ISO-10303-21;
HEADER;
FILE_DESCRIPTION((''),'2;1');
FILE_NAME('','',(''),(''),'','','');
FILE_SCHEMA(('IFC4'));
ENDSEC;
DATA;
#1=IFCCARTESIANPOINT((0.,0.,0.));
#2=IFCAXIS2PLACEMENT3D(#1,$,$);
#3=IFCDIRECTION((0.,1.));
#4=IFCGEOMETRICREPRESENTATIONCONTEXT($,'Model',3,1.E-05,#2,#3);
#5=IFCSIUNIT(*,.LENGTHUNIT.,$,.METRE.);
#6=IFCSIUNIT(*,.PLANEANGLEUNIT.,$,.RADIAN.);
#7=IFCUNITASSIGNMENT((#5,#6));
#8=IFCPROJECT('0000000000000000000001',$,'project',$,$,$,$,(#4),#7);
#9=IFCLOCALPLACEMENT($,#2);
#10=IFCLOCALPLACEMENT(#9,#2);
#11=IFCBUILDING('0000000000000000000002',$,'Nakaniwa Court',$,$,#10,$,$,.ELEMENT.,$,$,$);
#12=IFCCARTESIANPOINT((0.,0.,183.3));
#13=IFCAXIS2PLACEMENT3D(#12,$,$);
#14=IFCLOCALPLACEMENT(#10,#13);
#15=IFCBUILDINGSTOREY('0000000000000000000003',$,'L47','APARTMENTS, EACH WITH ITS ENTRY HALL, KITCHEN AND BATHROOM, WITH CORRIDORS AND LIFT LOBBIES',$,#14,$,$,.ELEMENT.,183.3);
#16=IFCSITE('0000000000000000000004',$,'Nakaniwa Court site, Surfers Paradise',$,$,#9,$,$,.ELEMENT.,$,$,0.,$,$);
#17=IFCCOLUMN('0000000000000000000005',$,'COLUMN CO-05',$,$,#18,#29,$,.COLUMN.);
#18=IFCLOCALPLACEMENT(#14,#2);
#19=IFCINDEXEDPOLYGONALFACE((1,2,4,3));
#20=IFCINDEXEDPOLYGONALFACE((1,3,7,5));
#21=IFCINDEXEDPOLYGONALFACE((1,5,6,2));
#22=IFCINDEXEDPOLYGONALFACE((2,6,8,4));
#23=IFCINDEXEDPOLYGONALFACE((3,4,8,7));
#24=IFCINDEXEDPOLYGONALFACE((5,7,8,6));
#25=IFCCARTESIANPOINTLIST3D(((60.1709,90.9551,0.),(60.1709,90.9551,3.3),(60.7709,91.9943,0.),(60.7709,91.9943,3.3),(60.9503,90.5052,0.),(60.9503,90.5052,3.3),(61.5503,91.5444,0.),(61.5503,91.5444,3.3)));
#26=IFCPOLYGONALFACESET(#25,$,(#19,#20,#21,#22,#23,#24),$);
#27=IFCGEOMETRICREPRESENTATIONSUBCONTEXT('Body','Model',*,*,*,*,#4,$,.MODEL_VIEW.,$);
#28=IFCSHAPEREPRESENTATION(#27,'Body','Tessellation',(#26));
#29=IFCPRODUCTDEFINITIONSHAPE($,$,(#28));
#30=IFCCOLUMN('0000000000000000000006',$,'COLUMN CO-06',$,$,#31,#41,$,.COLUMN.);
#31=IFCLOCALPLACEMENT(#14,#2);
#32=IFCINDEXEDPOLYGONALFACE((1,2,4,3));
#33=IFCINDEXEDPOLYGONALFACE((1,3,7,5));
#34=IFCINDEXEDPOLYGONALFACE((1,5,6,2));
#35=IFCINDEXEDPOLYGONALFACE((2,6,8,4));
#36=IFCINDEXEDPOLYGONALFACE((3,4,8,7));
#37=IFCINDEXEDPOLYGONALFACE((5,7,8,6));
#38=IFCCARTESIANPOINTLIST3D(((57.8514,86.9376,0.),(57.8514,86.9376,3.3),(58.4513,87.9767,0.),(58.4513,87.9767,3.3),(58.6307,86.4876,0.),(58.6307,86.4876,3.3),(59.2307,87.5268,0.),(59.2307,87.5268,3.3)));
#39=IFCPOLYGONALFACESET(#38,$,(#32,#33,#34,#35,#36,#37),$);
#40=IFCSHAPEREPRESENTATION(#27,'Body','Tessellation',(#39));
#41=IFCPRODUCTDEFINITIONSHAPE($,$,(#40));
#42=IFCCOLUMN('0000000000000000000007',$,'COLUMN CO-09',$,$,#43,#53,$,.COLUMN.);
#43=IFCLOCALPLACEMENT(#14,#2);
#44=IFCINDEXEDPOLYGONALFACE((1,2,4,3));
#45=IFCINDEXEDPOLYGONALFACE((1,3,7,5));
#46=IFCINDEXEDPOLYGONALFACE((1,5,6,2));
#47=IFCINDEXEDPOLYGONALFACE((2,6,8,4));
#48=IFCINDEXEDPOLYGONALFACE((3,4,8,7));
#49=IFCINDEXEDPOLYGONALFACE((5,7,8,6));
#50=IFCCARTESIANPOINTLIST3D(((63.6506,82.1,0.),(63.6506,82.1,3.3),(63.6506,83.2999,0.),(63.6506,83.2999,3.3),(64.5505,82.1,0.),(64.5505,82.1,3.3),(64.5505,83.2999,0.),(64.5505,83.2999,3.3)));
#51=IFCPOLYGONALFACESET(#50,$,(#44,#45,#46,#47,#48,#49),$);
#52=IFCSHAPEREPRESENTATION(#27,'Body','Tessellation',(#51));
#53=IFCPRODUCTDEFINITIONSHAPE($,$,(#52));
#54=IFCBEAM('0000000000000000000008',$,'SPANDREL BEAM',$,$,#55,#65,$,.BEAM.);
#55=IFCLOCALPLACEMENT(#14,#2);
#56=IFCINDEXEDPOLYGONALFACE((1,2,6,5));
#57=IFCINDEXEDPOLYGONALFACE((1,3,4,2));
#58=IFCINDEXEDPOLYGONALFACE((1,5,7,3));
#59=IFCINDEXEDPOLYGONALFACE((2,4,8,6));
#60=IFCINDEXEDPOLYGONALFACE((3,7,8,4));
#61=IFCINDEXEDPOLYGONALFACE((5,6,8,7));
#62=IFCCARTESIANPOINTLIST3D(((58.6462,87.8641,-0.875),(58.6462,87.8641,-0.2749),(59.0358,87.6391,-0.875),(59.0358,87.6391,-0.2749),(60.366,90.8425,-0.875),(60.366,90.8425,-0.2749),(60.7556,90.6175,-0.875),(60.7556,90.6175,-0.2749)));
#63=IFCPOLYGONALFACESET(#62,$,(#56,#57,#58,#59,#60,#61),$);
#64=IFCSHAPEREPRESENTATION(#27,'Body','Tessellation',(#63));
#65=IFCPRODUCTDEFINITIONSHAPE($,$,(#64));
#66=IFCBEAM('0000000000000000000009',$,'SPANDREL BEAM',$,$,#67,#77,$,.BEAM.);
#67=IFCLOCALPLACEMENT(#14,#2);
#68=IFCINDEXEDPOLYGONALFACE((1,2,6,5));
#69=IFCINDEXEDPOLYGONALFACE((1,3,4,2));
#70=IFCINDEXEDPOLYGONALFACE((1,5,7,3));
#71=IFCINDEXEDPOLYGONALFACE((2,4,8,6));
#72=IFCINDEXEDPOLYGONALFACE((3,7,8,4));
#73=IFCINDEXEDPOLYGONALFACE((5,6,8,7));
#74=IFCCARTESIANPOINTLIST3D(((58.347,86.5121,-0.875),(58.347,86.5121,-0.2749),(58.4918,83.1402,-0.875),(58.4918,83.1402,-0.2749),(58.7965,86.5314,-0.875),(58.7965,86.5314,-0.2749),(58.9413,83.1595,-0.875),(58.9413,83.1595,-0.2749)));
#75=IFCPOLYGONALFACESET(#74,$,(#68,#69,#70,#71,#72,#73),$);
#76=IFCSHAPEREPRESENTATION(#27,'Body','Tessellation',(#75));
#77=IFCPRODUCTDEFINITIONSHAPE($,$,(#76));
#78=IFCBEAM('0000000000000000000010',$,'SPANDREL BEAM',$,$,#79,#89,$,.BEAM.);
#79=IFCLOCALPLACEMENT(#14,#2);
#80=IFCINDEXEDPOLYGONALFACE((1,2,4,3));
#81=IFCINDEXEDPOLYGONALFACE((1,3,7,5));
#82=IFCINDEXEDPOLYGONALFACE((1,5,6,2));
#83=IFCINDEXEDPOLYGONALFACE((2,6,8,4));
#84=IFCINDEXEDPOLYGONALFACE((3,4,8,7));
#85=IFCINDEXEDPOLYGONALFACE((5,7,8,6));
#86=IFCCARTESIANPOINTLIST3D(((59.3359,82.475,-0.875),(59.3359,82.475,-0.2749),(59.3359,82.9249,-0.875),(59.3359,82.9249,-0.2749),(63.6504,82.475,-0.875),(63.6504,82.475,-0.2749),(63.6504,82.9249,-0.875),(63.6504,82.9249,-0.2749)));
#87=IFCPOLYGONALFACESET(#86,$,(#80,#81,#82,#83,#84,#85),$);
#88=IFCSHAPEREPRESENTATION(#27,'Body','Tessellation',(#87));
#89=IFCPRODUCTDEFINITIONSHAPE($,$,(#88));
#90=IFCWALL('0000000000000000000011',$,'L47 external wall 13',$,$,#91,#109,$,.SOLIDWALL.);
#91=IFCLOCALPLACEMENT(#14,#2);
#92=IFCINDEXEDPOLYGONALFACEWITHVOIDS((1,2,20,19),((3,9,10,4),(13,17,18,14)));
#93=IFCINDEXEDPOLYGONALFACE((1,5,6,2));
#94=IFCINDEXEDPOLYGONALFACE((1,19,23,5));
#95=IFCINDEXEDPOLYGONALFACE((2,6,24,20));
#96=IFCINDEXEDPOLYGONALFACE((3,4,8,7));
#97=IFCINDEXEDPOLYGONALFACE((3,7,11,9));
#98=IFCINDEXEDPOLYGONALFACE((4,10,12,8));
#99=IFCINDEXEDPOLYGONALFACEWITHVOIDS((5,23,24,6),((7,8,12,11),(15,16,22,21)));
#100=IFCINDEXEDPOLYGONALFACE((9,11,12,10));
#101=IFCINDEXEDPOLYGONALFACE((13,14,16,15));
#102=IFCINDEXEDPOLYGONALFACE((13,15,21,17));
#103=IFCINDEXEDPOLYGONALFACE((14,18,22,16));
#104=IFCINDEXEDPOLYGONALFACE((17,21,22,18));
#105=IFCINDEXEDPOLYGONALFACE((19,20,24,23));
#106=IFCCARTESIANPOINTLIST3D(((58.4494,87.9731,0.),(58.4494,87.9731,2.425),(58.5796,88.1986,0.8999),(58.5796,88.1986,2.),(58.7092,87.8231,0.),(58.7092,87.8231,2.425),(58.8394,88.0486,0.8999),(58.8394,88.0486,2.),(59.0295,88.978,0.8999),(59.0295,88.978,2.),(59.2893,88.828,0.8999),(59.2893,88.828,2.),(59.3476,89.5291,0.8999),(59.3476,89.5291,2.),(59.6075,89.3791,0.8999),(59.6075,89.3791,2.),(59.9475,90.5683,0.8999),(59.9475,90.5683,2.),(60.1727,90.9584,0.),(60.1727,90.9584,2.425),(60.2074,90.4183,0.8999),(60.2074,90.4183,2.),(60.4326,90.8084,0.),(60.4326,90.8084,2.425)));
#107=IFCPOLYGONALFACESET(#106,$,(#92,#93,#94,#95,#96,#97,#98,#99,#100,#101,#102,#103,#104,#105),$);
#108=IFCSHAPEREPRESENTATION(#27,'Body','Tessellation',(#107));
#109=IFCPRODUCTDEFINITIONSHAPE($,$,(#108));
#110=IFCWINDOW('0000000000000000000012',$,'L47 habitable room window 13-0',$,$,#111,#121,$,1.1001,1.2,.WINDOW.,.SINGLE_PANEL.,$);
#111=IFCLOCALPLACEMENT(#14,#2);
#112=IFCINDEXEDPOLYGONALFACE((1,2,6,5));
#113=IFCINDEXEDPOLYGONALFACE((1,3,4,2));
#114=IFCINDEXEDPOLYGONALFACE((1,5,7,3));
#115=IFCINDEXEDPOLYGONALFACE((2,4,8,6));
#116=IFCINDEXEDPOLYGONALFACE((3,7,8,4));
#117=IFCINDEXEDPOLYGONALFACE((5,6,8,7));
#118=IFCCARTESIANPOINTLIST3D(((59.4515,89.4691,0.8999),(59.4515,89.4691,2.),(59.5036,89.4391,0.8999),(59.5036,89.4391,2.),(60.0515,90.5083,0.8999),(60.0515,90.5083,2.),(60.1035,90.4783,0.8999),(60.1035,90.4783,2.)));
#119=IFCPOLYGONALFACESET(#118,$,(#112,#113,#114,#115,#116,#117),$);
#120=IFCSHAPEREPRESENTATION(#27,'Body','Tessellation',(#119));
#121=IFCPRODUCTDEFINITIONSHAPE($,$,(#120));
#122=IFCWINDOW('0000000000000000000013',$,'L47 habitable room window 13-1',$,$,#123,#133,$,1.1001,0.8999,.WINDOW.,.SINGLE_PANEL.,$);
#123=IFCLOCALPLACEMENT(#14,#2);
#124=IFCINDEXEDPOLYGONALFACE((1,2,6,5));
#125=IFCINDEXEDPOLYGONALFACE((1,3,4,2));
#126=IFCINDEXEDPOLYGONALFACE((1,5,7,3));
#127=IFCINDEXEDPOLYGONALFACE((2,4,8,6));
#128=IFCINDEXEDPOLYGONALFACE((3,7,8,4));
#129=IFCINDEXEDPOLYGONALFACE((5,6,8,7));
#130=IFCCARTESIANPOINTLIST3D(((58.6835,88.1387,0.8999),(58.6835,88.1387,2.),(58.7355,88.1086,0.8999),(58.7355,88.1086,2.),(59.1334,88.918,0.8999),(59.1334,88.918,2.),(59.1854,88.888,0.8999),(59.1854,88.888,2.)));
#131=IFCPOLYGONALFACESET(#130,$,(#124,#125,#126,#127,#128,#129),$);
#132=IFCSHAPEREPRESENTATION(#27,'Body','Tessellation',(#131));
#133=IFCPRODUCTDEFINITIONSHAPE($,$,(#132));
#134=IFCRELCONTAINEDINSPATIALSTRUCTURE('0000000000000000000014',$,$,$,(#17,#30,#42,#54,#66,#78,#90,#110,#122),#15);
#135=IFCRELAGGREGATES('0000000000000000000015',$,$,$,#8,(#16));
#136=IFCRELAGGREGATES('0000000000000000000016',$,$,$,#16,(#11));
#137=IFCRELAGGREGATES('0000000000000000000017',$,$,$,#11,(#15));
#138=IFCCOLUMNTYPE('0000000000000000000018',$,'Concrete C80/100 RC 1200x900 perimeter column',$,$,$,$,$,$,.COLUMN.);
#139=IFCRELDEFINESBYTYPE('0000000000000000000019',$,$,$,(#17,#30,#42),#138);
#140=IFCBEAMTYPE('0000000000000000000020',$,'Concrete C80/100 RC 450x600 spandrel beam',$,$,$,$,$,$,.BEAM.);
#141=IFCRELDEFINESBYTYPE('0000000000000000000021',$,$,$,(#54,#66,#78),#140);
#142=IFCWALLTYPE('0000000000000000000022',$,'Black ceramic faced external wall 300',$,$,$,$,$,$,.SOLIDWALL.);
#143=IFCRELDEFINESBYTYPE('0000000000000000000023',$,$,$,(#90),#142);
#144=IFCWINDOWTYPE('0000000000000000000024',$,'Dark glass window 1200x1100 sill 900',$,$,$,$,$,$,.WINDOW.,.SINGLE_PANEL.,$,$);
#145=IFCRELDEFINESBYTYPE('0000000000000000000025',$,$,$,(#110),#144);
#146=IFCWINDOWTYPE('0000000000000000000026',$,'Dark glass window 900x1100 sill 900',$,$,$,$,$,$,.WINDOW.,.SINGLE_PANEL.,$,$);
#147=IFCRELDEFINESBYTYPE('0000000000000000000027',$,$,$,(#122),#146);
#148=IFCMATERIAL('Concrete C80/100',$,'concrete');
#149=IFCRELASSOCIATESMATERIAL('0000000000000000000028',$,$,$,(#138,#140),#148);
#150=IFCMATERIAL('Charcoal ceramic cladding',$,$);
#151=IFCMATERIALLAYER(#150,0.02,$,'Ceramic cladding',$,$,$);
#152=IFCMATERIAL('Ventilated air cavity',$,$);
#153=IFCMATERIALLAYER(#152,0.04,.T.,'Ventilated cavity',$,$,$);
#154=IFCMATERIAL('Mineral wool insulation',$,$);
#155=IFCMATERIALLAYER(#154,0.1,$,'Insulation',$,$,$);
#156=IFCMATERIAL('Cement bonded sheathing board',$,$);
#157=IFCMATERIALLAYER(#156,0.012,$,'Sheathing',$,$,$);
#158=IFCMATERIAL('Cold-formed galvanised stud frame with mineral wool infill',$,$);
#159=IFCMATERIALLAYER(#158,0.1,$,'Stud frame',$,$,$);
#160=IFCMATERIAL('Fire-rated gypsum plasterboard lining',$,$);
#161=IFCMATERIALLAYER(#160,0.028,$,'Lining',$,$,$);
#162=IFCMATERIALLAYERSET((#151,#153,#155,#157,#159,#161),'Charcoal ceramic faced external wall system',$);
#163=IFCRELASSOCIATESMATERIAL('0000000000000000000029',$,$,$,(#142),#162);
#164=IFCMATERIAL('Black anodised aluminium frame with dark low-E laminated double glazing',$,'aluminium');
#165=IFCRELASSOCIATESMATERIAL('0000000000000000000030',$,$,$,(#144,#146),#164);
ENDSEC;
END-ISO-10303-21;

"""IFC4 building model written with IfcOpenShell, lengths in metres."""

from ifc_helpers import new_model, si_unit, direction, frame, frame_2d, origin, origin_2d, place, context, subcontext, project, spatial, rectangle, extrude, material, layer, layer_set, material_profile, profile_set, type_object, element, fill, save


model = new_model("IFC4")

# Units and contexts
model_context = context("Model", 3, precision=1e-05, world=origin(), true_north=direction((0.0, 1.0)))
body_context = subcontext(model_context, "Body", "Model", "MODEL_VIEW")
ifc_project = project(units=[si_unit("LENGTHUNIT", "METRE"), si_unit("PLANEANGLEUNIT", "RADIAN")], contexts=[model_context])

# Site, building, storey
site_placement = place(None, origin())
site = spatial("IfcSite", under=ifc_project, at=site_placement, Name="Nakaniwa Court site, Surfers Paradise", CompositionType="ELEMENT", RefElevation=0.0)
building_placement = place(site_placement, origin())
building = spatial("IfcBuilding", under=site, at=building_placement, Name="Nakaniwa Court", CompositionType="ELEMENT")
storey_placement = place(building_placement, frame((0.0, 0.0, 183.3)))
storey = spatial("IfcBuildingStorey", under=building, at=storey_placement, Name="L47", Description="APARTMENTS, EACH WITH ITS ENTRY HALL, KITCHEN AND BATHROOM, WITH CORRIDORS AND LIFT LOBBIES", CompositionType="ELEMENT", Elevation=183.3)

# Columns
ifc_material_1 = material(Name="Concrete C80/100", Category="concrete")
ifc_material_profile_1 = material_profile(ifc_material_1, rectangle(XDim=1.2, YDim=0.8999, at=origin_2d()), Name="Concrete C80/100 RC 1200x900 perimeter column")
ifc_profile_set_1 = profile_set([ifc_material_profile_1], Name="Concrete C80/100")
column_type = type_object("IfcColumnType", Name="Concrete C80/100 RC 1200x900 perimeter column", PredefinedType="COLUMN", material=ifc_profile_set_1)
for number, where, z_axis, x_axis, name in (
    (1, (60.8606, 91.2498, 0.0), (0.0, 0.0, 1.0), (-0.5, -0.866025, 0.0), "COLUMN CO-05"),
    (2, (58.541, 87.2322, 0.0), (0.0, 0.0, 1.0), (-0.5, -0.866025, 0.0), "COLUMN CO-06"),
    (3, (64.1006, 82.7, 0.0), (0.0, 0.0, 1.0), (0.0, -1.0, 0.0), "COLUMN CO-09"),
):
    element("IfcColumn", number, at=place(storey_placement, frame(where, z_axis=z_axis, x_axis=x_axis)), inside=storey, type_object=column_type, Name=name, PredefinedType="COLUMN", context=body_context, shape_type="SweptSolid", body=[
        extrude(rectangle(XDim=1.2, YDim=0.8999, at=origin_2d()), origin(), (0.0, 0.0, 1.0), 3.3),
    ])

# Beams
ifc_material_profile_2 = material_profile(ifc_material_1, rectangle(XDim=0.45, YDim=0.6001, at=origin_2d()), Name="Concrete C80/100 RC 450x600 spandrel beam")
ifc_profile_set_2 = profile_set([ifc_material_profile_2], Name="Concrete C80/100")
beam_type = type_object("IfcBeamType", Name="Concrete C80/100 RC 450x600 spandrel beam", PredefinedType="BEAM", material=ifc_profile_set_2)
beam_1_placement = place(storey_placement, frame((60.5608, 90.73, -0.575), z_axis=(-0.500048, -0.865998, 0.0), x_axis=(0.865998, -0.500048, 0.0)))
element("IfcBeam", 4, at=beam_1_placement, inside=storey, type_object=beam_type, Name="SPANDREL BEAM", PredefinedType="BEAM", context=body_context, shape_type="SweptSolid", body=[
    extrude(rectangle(XDim=0.45, YDim=0.6001, at=origin_2d()), origin(), (0.0, 0.0, 1.0), 3.4392),
])
beam_2_placement = place(storey_placement, frame((58.5718, 86.5217, -0.575), z_axis=(0.042897, -0.999079, 0.0), x_axis=(0.999079, 0.042897, 0.0)))
element("IfcBeam", 5, at=beam_2_placement, inside=storey, type_object=beam_type, Name="SPANDREL BEAM", PredefinedType="BEAM", context=body_context, shape_type="SweptSolid", body=[
    extrude(rectangle(XDim=0.45, YDim=0.6001, at=origin_2d()), origin(), (0.0, 0.0, 1.0), 3.375),
])
beam_3_placement = place(storey_placement, frame((59.3359, 82.7, -0.575), z_axis=(1.0, 0.0, 0.0), x_axis=(0.0, 1.0, 0.0)))
element("IfcBeam", 6, at=beam_3_placement, inside=storey, type_object=beam_type, Name="SPANDREL BEAM", PredefinedType="BEAM", context=body_context, shape_type="SweptSolid", body=[
    extrude(rectangle(XDim=0.45, YDim=0.6001, at=origin_2d()), origin(), (0.0, 0.0, 1.0), 4.3145),
])

# Wall, openings, windows
ifc_material_2 = material(Name="Charcoal ceramic cladding")
ifc_layer_1 = layer(ifc_material_2, 0.02, Name="Ceramic cladding")
ifc_material_3 = material(Name="Ventilated air cavity")
ifc_layer_2 = layer(ifc_material_3, 0.04, ventilated=True, Name="Ventilated cavity")
ifc_material_4 = material(Name="Mineral wool insulation")
ifc_layer_3 = layer(ifc_material_4, 0.1, Name="Insulation")
ifc_material_5 = material(Name="Cement bonded sheathing board")
ifc_layer_4 = layer(ifc_material_5, 0.012, Name="Sheathing")
ifc_material_6 = material(Name="Cold-formed galvanised stud frame with mineral wool infill")
ifc_layer_5 = layer(ifc_material_6, 0.1, Name="Stud frame")
ifc_material_7 = material(Name="Fire-rated gypsum plasterboard lining")
ifc_layer_6 = layer(ifc_material_7, 0.028, Name="Lining")
ifc_layer_set_1 = layer_set([ifc_layer_1, ifc_layer_2, ifc_layer_3, ifc_layer_4, ifc_layer_5, ifc_layer_6], Name="Charcoal ceramic faced external wall system")
wall_type_1 = type_object("IfcWallType", Name="Black ceramic faced external wall 300", PredefinedType="SOLIDWALL", material=ifc_layer_set_1)
wall_1_placement = place(storey_placement, frame((60.3027, 90.8835, 0.0), z_axis=(0.0, 0.0, 1.0), x_axis=(-0.499955, -0.866051, 0.0)))
wall_1 = element("IfcWall", 7, at=wall_1_placement, inside=storey, type_object=wall_type_1, Name="L47 external wall 13", PredefinedType="SOLIDWALL", context=body_context, shape_type="SweptSolid", body=[
    extrude(rectangle(XDim=3.447, YDim=0.3, at=frame_2d((1.7236, 0.0))), origin(), (0.0, 0.0, 1.0), 2.425),
])
opening_1_placement = place(wall_1_placement, frame((0.4504, 0.0, 0.8999)))
opening_1 = element("IfcOpeningElement", 8, at=opening_1_placement, cuts=wall_1, PredefinedType="OPENING", context=body_context, shape_type="SweptSolid", body=[
    extrude(rectangle(XDim=1.2, YDim=1.1001, at=frame_2d((0.6001, 0.55))), frame((0.0, 0.1599, 0.0), z_axis=(0.0, -1.0, 0.0), x_axis=(1.0, 0.0, 0.0)), (0.0, 0.0, 1.0), 0.3201),
])
opening_2_placement = place(wall_1_placement, frame((2.2869, 0.0, 0.8999)))
opening_2 = element("IfcOpeningElement", 9, at=opening_2_placement, cuts=wall_1, PredefinedType="OPENING", context=body_context, shape_type="SweptSolid", body=[
    extrude(rectangle(XDim=0.8999, YDim=1.1001, at=frame_2d((0.45, 0.55))), frame((0.0, 0.1599, 0.0), z_axis=(0.0, -1.0, 0.0), x_axis=(1.0, 0.0, 0.0)), (0.0, 0.0, 1.0), 0.3201),
])
ifc_material_8 = material(Name="Black anodised aluminium frame with dark low-E laminated double glazing", Category="aluminium")
window_type_1 = type_object("IfcWindowType", Name="Dark glass window 1200x1100 sill 900", PartitioningType="SINGLE_PANEL", PredefinedType="WINDOW", material=ifc_material_8)
window_1_placement = place(opening_1_placement, origin())
window_1 = element("IfcWindow", 10, at=window_1_placement, inside=storey, type_object=window_type_1, Name="L47 habitable room window 13-0", OverallHeight=1.1001, OverallWidth=1.2, PartitioningType="SINGLE_PANEL", PredefinedType="WINDOW", context=body_context, shape_type="SweptSolid", body=[
    extrude(rectangle(XDim=1.2, YDim=1.1001, at=frame_2d((0.6001, 0.55))), frame((0.0, 0.03, 0.0), z_axis=(0.0, -1.0, 0.0), x_axis=(1.0, 0.0, 0.0)), (0.0, 0.0, 1.0), 0.0601),
])
fill(opening_1, window_1)
window_type_2 = type_object("IfcWindowType", Name="Dark glass window 900x1100 sill 900", PartitioningType="SINGLE_PANEL", PredefinedType="WINDOW", material=ifc_material_8)
window_2_placement = place(opening_2_placement, origin())
window_2 = element("IfcWindow", 11, at=window_2_placement, inside=storey, type_object=window_type_2, Name="L47 habitable room window 13-1", OverallHeight=1.1001, OverallWidth=0.8999, PartitioningType="SINGLE_PANEL", PredefinedType="WINDOW", context=body_context, shape_type="SweptSolid", body=[
    extrude(rectangle(XDim=0.8999, YDim=1.1001, at=frame_2d((0.45, 0.55))), frame((0.0, 0.03, 0.0), z_axis=(0.0, -1.0, 0.0), x_axis=(1.0, 0.0, 0.0)), (0.0, 0.0, 1.0), 0.0601),
])
fill(opening_2, window_2)

save(model, "model.ifc")
